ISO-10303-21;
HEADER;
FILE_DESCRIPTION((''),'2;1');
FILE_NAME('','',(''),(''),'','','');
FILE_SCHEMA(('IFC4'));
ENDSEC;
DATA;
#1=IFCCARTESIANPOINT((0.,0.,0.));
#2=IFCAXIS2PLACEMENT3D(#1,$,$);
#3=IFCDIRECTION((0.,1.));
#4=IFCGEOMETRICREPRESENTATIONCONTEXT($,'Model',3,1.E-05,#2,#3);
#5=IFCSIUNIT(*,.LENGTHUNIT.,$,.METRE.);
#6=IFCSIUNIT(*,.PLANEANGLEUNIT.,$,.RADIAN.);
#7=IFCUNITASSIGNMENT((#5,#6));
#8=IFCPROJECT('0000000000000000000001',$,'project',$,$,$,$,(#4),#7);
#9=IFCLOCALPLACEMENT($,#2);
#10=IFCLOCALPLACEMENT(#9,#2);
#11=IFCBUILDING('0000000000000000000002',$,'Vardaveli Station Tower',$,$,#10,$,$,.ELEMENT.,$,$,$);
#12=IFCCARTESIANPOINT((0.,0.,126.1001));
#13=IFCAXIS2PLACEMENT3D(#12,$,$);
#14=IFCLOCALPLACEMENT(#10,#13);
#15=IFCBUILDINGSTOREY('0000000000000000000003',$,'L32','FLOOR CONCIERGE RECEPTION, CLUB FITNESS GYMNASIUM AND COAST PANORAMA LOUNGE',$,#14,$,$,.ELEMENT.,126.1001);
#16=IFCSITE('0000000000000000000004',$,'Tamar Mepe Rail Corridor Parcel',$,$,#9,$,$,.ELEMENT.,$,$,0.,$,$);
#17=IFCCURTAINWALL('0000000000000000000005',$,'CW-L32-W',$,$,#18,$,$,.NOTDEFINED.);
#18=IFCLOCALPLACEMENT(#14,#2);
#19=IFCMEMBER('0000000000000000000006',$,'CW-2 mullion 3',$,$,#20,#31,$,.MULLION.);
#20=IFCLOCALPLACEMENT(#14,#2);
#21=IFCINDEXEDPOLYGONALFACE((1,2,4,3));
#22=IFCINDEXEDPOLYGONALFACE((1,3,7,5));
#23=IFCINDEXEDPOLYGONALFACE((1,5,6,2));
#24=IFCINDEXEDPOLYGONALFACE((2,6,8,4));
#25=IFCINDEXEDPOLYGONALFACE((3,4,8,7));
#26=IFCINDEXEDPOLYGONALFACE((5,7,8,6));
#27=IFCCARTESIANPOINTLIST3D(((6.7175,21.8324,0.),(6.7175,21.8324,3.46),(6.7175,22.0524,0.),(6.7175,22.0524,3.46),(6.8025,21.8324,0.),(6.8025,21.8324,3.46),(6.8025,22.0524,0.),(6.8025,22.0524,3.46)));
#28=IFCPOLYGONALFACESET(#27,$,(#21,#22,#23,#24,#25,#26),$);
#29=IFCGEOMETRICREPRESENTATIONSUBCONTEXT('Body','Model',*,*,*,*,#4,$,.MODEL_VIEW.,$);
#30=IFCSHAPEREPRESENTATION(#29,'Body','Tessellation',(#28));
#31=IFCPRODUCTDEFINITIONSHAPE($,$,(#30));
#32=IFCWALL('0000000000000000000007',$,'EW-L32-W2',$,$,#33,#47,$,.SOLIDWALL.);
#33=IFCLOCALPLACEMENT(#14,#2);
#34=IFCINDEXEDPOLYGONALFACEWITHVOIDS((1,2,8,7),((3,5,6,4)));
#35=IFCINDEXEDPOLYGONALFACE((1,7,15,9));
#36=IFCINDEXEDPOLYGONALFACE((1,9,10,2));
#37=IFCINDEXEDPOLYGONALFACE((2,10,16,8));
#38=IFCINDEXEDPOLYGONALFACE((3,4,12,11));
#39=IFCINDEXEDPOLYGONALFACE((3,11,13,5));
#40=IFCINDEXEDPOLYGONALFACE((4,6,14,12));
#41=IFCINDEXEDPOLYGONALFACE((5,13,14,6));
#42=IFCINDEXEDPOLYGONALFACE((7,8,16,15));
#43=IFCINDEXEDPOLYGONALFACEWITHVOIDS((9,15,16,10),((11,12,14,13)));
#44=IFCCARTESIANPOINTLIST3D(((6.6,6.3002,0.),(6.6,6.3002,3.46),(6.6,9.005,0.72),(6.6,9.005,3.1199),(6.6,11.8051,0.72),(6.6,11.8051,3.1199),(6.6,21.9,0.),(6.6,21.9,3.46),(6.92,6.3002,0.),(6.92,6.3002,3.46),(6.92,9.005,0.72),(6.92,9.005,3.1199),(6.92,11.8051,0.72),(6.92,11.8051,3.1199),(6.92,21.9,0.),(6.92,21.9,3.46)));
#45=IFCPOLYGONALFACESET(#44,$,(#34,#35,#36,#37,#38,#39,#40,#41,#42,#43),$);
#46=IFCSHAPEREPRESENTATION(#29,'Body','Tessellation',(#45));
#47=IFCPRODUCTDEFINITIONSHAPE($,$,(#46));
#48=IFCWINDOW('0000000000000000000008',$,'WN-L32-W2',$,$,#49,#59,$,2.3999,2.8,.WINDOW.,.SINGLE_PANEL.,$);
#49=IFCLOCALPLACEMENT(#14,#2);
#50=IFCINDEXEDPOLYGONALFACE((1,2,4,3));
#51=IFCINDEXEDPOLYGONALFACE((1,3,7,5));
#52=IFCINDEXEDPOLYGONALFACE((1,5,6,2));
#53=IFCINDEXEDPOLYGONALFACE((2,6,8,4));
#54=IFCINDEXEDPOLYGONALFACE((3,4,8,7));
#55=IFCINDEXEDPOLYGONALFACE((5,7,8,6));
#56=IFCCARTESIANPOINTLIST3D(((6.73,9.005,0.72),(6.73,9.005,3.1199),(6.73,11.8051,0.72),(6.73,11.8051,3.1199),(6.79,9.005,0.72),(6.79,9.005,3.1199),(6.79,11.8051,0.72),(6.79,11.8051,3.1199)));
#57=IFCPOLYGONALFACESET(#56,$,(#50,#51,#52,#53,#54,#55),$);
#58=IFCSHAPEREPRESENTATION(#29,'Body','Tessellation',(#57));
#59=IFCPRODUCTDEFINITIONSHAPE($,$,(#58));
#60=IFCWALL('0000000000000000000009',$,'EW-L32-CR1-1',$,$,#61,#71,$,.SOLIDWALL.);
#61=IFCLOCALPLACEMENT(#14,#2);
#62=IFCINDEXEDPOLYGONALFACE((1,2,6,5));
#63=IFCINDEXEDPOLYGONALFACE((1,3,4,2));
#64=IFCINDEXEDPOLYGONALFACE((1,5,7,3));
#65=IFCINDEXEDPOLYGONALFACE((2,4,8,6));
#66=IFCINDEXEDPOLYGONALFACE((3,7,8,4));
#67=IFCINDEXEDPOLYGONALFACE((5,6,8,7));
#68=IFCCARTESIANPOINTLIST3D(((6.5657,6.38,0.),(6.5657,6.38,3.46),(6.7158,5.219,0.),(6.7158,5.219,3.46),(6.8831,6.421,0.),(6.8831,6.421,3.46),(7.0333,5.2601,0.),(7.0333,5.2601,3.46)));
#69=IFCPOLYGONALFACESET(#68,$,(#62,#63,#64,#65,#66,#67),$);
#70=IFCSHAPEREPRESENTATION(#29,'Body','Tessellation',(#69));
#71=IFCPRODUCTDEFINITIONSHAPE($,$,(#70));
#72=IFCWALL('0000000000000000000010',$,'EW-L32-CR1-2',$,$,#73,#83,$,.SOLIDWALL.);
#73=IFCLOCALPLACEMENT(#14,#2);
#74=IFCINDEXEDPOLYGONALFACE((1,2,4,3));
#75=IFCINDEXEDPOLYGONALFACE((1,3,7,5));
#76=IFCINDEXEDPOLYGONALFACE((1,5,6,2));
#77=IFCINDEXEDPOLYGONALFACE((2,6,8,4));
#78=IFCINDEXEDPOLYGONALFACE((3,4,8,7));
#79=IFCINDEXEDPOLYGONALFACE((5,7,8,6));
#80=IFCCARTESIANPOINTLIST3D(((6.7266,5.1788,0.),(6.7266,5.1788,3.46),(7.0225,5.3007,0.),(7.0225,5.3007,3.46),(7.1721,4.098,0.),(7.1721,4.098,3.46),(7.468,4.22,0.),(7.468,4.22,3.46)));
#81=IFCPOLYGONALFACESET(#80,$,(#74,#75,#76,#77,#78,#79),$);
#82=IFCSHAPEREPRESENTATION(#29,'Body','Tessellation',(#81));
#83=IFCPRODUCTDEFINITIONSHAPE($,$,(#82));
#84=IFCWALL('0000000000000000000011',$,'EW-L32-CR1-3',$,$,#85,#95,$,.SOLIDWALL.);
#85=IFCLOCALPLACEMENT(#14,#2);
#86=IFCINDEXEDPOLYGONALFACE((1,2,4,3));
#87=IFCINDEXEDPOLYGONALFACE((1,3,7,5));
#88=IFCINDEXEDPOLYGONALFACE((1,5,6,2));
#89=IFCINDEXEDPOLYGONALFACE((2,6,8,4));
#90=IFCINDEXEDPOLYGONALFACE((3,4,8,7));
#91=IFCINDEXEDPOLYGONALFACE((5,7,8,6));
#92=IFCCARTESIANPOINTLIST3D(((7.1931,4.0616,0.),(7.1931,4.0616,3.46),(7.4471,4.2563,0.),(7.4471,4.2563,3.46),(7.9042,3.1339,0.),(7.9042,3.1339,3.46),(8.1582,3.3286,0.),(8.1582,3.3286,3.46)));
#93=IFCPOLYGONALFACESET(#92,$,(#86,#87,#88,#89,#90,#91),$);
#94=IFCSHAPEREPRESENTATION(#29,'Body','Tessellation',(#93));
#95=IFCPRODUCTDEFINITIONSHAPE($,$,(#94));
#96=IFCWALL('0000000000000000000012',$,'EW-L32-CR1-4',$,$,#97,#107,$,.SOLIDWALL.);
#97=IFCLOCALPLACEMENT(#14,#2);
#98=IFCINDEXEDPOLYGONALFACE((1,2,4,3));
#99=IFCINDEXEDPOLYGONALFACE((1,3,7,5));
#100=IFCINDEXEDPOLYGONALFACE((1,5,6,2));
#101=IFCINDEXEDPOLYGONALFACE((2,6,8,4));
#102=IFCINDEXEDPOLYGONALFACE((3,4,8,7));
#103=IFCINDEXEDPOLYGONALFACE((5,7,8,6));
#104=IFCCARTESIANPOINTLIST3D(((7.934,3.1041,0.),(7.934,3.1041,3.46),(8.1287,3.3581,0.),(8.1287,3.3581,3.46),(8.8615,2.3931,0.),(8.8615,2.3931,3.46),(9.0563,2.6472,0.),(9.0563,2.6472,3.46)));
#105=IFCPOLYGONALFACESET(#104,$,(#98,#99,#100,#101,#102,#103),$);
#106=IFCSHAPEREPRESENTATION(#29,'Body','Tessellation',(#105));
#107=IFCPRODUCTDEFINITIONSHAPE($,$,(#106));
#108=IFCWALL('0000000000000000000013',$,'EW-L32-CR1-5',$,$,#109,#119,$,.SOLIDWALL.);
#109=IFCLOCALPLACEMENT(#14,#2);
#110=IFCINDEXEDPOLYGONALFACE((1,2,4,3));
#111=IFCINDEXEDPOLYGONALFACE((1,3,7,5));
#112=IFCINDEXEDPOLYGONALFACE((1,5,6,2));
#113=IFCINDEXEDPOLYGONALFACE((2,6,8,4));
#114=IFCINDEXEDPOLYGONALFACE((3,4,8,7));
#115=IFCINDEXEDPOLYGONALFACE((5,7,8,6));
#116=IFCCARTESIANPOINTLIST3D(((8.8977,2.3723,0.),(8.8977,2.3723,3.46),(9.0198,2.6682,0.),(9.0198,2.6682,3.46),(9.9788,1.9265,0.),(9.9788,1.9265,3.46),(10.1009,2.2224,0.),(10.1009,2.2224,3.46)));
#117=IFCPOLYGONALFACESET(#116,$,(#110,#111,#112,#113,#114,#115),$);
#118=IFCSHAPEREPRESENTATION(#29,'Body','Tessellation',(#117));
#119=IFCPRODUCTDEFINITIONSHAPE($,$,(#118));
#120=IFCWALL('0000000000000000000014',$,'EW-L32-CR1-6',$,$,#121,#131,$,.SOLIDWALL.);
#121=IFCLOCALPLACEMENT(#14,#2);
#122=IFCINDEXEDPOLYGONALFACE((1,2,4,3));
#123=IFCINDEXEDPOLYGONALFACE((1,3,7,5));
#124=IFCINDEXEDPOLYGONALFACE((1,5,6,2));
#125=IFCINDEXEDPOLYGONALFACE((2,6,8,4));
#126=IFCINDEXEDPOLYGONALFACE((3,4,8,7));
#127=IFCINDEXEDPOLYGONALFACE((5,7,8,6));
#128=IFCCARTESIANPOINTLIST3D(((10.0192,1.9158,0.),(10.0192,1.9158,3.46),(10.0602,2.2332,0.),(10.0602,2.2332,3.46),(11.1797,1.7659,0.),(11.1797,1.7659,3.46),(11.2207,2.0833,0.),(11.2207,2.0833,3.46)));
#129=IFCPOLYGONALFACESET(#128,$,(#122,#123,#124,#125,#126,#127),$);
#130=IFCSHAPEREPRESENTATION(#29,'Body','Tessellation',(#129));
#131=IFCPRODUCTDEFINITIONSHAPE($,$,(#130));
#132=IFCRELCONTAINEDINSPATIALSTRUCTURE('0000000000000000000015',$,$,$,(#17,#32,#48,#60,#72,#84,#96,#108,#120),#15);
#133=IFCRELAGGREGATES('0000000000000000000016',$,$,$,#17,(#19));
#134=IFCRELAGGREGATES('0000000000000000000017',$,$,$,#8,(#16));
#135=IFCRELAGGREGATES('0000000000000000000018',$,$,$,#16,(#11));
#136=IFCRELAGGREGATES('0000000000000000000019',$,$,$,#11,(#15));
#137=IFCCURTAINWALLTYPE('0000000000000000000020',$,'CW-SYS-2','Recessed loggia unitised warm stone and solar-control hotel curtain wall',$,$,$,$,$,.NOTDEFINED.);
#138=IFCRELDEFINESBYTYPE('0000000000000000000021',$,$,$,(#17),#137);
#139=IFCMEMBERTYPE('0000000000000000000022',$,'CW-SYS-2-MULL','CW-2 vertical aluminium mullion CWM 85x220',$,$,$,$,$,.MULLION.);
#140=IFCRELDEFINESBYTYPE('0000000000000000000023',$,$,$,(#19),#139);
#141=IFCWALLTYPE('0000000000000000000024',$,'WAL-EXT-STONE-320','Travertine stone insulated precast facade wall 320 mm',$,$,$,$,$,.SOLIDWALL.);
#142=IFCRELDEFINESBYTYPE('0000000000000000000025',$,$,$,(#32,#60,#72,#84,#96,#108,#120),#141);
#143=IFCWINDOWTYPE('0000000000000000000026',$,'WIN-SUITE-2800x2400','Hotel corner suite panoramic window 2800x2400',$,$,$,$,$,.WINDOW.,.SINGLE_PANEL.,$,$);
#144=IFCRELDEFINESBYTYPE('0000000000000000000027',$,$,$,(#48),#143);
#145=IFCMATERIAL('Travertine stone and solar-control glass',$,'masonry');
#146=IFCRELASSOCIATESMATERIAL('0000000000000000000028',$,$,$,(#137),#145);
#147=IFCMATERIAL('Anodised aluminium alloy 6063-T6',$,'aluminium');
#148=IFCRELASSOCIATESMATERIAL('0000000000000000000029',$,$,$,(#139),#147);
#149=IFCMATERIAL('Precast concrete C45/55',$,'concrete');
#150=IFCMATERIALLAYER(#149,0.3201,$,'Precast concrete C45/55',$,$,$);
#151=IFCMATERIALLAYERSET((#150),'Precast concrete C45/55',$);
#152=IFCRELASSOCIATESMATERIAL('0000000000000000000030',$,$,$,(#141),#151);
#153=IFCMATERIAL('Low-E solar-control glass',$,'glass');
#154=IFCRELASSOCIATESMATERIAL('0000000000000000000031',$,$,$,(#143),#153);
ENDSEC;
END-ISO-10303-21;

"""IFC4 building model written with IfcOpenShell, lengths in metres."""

from ifc_helpers import new_model, si_unit, direction, frame, frame_2d, origin, origin_2d, place, context, subcontext, project, spatial, rectangle, extrude, source, transform, mapped, material, layer, layer_set, material_profile, profile_set, type_object, element, fill, aggregate, save


model = new_model("IFC4")

# Units and contexts
model_context = context("Model", 3, precision=1e-05, world=origin(), true_north=direction((0.0, 1.0)))
body_context = subcontext(model_context, "Body", "Model", "MODEL_VIEW")
ifc_project = project(units=[si_unit("LENGTHUNIT", "METRE"), si_unit("PLANEANGLEUNIT", "RADIAN")], contexts=[model_context])

# Site, building, storey
site_placement = place(None, origin())
site = spatial("IfcSite", under=ifc_project, at=site_placement, Name="Tamar Mepe Rail Corridor Parcel", CompositionType="ELEMENT", RefElevation=0.0)
building_placement = place(site_placement, origin())
building = spatial("IfcBuilding", under=site, at=building_placement, Name="Vardaveli Station Tower", CompositionType="ELEMENT")
storey_placement = place(building_placement, frame((0.0, 0.0, 126.1001)))
storey = spatial("IfcBuildingStorey", under=building, at=storey_placement, Name="L32", Description="FLOOR CONCIERGE RECEPTION, CLUB FITNESS GYMNASIUM AND COAST PANORAMA LOUNGE", CompositionType="ELEMENT", Elevation=126.1001)

# Shared definitions
ifc_material_1 = material(Name="Precast concrete C45/55", Category="concrete")

# Curtain wall, member
ifc_material_2 = material(Name="Travertine stone and solar-control glass", Category="masonry")
curtain_wall_type = type_object("IfcCurtainWallType", Name="CW-SYS-2", Description="Recessed loggia unitised warm stone and solar-control hotel curtain wall", PredefinedType="NOTDEFINED", material=ifc_material_2)
curtain_wall_placement = place(storey_placement, origin())
curtain_wall = element("IfcCurtainWall", 1, at=curtain_wall_placement, inside=storey, type_object=curtain_wall_type, Name="CW-L32-W", PredefinedType="NOTDEFINED")
ifc_material_3 = material(Name="Anodised aluminium alloy 6063-T6", Category="aluminium")
ifc_material_profile_1 = material_profile(ifc_material_3, rectangle(XDim=0.085, YDim=0.22, at=origin_2d()), Name="CWM 85x220")
ifc_profile_set_1 = profile_set([ifc_material_profile_1], Name="Anodised aluminium alloy 6063-T6")
member_type = type_object("IfcMemberType", Name="CW-SYS-2-MULL", Description="CW-2 vertical aluminium mullion CWM 85x220", PredefinedType="MULLION", material=ifc_profile_set_1)
shared_shape_1 = source(origin(), body_context, "Body", "SweptSolid", [
    extrude(rectangle(XDim=0.085, YDim=0.22, at=origin_2d()), origin(), (0.0, 0.0, 1.0), 3.46),
])
member_placement = place(storey_placement, frame((6.76, 21.9424, 0.0), z_axis=(0.0, 0.0, 1.0), x_axis=(1.0, 0.0, 0.0)))
member = element("IfcMember", 2, at=member_placement, type_object=member_type, Name="CW-2 mullion 3", PredefinedType="MULLION", context=body_context, shape_type="MappedRepresentation", body=[
    mapped(shared_shape_1, transform((0.0, 0.0, 0.0), scale=1.0)),
])
aggregate(curtain_wall, [member])

# Wall, opening, window
ifc_layer_1 = layer(ifc_material_1, 0.3201, Name="Precast concrete C45/55")
ifc_layer_set_1 = layer_set([ifc_layer_1], Name="Precast concrete C45/55")
wall_type_1 = type_object("IfcWallType", Name="WAL-EXT-STONE-320", Description="Travertine stone insulated precast facade wall 320 mm", PredefinedType="SOLIDWALL", material=ifc_layer_set_1)
shared_shape_2 = source(origin(), body_context, "Body", "SweptSolid", [
    extrude(rectangle(XDim=15.5999, YDim=0.3201, at=frame_2d((7.7998, 0.0))), origin(), (0.0, 0.0, 1.0), 3.46),
])
wall_1_placement = place(storey_placement, frame((6.76, 21.8999, 0.0), z_axis=(0.0, 0.0, 1.0), x_axis=(0.0, -1.0, 0.0)))
wall_1 = element("IfcWall", 3, at=wall_1_placement, inside=storey, type_object=wall_type_1, Name="EW-L32-W2", PredefinedType="SOLIDWALL", context=body_context, shape_type="MappedRepresentation", body=[
    mapped(shared_shape_2, transform((0.0, 0.0, 0.0), scale=1.0)),
])
shared_shape_3 = source(origin(), body_context, "Body", "SweptSolid", [
    extrude(rectangle(XDim=2.8, YDim=2.3999, at=frame_2d((1.3999, 1.2))), frame((0.0, 0.1699, 0.0), z_axis=(0.0, -1.0, 0.0), x_axis=(1.0, 0.0, 0.0)), (0.0, 0.0, 1.0), 0.3401),
])
opening_1_placement = place(wall_1_placement, frame((10.095, 0.0, 0.72)))
opening_1 = element("IfcOpeningElement", 4, at=opening_1_placement, cuts=wall_1, PredefinedType="OPENING", context=body_context, shape_type="MappedRepresentation", body=[
    mapped(shared_shape_3, transform((0.0, 0.0, 0.0), scale=1.0)),
])
ifc_material_4 = material(Name="Low-E solar-control glass", Category="glass")
window_type = type_object("IfcWindowType", Name="WIN-SUITE-2800x2400", Description="Hotel corner suite panoramic window 2800x2400", PartitioningType="SINGLE_PANEL", PredefinedType="WINDOW", material=ifc_material_4)
shared_shape_4 = source(origin(), body_context, "Body", "SweptSolid", [
    extrude(rectangle(XDim=2.8, YDim=2.3999, at=frame_2d((1.3999, 1.2))), frame((0.0, 0.03, 0.0), z_axis=(0.0, -1.0, 0.0), x_axis=(1.0, 0.0, 0.0)), (0.0, 0.0, 1.0), 0.0601),
])
window_placement = place(opening_1_placement, origin())
window = element("IfcWindow", 5, at=window_placement, inside=storey, type_object=window_type, Name="WN-L32-W2", OverallHeight=2.3999, OverallWidth=2.8, PartitioningType="SINGLE_PANEL", PredefinedType="WINDOW", context=body_context, shape_type="MappedRepresentation", body=[
    mapped(shared_shape_4, transform((0.0, 0.0, 0.0), scale=1.0)),
])
fill(opening_1, window)

# Walls
shared_shape_5 = source(origin(), body_context, "Body", "SweptSolid", [
    extrude(rectangle(XDim=1.1707, YDim=0.3201, at=frame_2d((0.5854, 0.0))), origin(), (0.0, 0.0, 1.0), 3.46),
])
wall_2_placement = place(storey_placement, frame((6.7244, 6.4006, 0.0), z_axis=(0.0, 0.0, 1.0), x_axis=(0.128269, -0.991739, 0.0)))
element("IfcWall", 6, at=wall_2_placement, inside=storey, type_object=wall_type_1, Name="EW-L32-CR1-1", PredefinedType="SOLIDWALL", context=body_context, shape_type="MappedRepresentation", body=[
    mapped(shared_shape_5, transform((0.0, 0.0, 0.0), scale=1.0)),
])
shared_shape_6 = source(origin(), body_context, "Body", "SweptSolid", [
    extrude(rectangle(XDim=1.1689, YDim=0.3201, at=frame_2d((0.5845, 0.0))), origin(), (0.0, 0.0, 1.0), 3.46),
])
for number, where, z_axis, x_axis, name in (
    (7, (6.8745, 5.2397, 0.0), (0.0, 0.0, 1.0), (0.381128, -0.924522, 0.0), "EW-L32-CR1-2"),
    (8, (7.3201, 4.1589, 0.0), (0.0, 0.0, 1.0), (0.608388, -0.79364, 0.0), "EW-L32-CR1-3"),
):
    element("IfcWall", number, at=place(storey_placement, frame(where, z_axis=z_axis, x_axis=x_axis)), inside=storey, type_object=wall_type_1, Name=name, PredefinedType="SOLIDWALL", context=body_context, shape_type="MappedRepresentation", body=[
        mapped(shared_shape_6, transform((0.0, 0.0, 0.0), scale=1.0)),
    ])
shared_shape_7 = source(origin(), body_context, "Body", "SweptSolid", [
    extrude(rectangle(XDim=1.1687, YDim=0.3201, at=frame_2d((0.5845, 0.0))), origin(), (0.0, 0.0, 1.0), 3.46),
])
wall_3_placement = place(storey_placement, frame((8.0312, 3.2312, 0.0), z_axis=(0.0, 0.0, 1.0), x_axis=(0.793664, -0.608357, 0.0)))
element("IfcWall", 9, at=wall_3_placement, inside=storey, type_object=wall_type_1, Name="EW-L32-CR1-4", PredefinedType="SOLIDWALL", context=body_context, shape_type="MappedRepresentation", body=[
    mapped(shared_shape_7, transform((0.0, 0.0, 0.0), scale=1.0)),
])
shared_shape_8 = source(origin(), body_context, "Body", "SweptSolid", [
    extrude(rectangle(XDim=1.1694, YDim=0.3201, at=frame_2d((0.5847, 0.0))), origin(), (0.0, 0.0, 1.0), 3.46),
])
wall_4_placement = place(storey_placement, frame((8.9587, 2.5203, 0.0), z_axis=(0.0, 0.0, 1.0), x_axis=(0.924479, -0.381233, 0.0)))
element("IfcWall", 10, at=wall_4_placement, inside=storey, type_object=wall_type_1, Name="EW-L32-CR1-5", PredefinedType="SOLIDWALL", context=body_context, shape_type="MappedRepresentation", body=[
    mapped(shared_shape_8, transform((0.0, 0.0, 0.0), scale=1.0)),
])
shared_shape_9 = source(origin(), body_context, "Body", "SweptSolid", [
    extrude(rectangle(XDim=1.1702, YDim=0.3201, at=frame_2d((0.585, 0.0))), origin(), (0.0, 0.0, 1.0), 3.46),
])
wall_5_placement = place(storey_placement, frame((10.0398, 2.0745, 0.0), z_axis=(0.0, 0.0, 1.0), x_axis=(0.991762, -0.12809, 0.0)))
element("IfcWall", 11, at=wall_5_placement, inside=storey, type_object=wall_type_1, Name="EW-L32-CR1-6", PredefinedType="SOLIDWALL", context=body_context, shape_type="MappedRepresentation", body=[
    mapped(shared_shape_9, transform((0.0, 0.0, 0.0), scale=1.0)),
])

save(model, "model.ifc")
